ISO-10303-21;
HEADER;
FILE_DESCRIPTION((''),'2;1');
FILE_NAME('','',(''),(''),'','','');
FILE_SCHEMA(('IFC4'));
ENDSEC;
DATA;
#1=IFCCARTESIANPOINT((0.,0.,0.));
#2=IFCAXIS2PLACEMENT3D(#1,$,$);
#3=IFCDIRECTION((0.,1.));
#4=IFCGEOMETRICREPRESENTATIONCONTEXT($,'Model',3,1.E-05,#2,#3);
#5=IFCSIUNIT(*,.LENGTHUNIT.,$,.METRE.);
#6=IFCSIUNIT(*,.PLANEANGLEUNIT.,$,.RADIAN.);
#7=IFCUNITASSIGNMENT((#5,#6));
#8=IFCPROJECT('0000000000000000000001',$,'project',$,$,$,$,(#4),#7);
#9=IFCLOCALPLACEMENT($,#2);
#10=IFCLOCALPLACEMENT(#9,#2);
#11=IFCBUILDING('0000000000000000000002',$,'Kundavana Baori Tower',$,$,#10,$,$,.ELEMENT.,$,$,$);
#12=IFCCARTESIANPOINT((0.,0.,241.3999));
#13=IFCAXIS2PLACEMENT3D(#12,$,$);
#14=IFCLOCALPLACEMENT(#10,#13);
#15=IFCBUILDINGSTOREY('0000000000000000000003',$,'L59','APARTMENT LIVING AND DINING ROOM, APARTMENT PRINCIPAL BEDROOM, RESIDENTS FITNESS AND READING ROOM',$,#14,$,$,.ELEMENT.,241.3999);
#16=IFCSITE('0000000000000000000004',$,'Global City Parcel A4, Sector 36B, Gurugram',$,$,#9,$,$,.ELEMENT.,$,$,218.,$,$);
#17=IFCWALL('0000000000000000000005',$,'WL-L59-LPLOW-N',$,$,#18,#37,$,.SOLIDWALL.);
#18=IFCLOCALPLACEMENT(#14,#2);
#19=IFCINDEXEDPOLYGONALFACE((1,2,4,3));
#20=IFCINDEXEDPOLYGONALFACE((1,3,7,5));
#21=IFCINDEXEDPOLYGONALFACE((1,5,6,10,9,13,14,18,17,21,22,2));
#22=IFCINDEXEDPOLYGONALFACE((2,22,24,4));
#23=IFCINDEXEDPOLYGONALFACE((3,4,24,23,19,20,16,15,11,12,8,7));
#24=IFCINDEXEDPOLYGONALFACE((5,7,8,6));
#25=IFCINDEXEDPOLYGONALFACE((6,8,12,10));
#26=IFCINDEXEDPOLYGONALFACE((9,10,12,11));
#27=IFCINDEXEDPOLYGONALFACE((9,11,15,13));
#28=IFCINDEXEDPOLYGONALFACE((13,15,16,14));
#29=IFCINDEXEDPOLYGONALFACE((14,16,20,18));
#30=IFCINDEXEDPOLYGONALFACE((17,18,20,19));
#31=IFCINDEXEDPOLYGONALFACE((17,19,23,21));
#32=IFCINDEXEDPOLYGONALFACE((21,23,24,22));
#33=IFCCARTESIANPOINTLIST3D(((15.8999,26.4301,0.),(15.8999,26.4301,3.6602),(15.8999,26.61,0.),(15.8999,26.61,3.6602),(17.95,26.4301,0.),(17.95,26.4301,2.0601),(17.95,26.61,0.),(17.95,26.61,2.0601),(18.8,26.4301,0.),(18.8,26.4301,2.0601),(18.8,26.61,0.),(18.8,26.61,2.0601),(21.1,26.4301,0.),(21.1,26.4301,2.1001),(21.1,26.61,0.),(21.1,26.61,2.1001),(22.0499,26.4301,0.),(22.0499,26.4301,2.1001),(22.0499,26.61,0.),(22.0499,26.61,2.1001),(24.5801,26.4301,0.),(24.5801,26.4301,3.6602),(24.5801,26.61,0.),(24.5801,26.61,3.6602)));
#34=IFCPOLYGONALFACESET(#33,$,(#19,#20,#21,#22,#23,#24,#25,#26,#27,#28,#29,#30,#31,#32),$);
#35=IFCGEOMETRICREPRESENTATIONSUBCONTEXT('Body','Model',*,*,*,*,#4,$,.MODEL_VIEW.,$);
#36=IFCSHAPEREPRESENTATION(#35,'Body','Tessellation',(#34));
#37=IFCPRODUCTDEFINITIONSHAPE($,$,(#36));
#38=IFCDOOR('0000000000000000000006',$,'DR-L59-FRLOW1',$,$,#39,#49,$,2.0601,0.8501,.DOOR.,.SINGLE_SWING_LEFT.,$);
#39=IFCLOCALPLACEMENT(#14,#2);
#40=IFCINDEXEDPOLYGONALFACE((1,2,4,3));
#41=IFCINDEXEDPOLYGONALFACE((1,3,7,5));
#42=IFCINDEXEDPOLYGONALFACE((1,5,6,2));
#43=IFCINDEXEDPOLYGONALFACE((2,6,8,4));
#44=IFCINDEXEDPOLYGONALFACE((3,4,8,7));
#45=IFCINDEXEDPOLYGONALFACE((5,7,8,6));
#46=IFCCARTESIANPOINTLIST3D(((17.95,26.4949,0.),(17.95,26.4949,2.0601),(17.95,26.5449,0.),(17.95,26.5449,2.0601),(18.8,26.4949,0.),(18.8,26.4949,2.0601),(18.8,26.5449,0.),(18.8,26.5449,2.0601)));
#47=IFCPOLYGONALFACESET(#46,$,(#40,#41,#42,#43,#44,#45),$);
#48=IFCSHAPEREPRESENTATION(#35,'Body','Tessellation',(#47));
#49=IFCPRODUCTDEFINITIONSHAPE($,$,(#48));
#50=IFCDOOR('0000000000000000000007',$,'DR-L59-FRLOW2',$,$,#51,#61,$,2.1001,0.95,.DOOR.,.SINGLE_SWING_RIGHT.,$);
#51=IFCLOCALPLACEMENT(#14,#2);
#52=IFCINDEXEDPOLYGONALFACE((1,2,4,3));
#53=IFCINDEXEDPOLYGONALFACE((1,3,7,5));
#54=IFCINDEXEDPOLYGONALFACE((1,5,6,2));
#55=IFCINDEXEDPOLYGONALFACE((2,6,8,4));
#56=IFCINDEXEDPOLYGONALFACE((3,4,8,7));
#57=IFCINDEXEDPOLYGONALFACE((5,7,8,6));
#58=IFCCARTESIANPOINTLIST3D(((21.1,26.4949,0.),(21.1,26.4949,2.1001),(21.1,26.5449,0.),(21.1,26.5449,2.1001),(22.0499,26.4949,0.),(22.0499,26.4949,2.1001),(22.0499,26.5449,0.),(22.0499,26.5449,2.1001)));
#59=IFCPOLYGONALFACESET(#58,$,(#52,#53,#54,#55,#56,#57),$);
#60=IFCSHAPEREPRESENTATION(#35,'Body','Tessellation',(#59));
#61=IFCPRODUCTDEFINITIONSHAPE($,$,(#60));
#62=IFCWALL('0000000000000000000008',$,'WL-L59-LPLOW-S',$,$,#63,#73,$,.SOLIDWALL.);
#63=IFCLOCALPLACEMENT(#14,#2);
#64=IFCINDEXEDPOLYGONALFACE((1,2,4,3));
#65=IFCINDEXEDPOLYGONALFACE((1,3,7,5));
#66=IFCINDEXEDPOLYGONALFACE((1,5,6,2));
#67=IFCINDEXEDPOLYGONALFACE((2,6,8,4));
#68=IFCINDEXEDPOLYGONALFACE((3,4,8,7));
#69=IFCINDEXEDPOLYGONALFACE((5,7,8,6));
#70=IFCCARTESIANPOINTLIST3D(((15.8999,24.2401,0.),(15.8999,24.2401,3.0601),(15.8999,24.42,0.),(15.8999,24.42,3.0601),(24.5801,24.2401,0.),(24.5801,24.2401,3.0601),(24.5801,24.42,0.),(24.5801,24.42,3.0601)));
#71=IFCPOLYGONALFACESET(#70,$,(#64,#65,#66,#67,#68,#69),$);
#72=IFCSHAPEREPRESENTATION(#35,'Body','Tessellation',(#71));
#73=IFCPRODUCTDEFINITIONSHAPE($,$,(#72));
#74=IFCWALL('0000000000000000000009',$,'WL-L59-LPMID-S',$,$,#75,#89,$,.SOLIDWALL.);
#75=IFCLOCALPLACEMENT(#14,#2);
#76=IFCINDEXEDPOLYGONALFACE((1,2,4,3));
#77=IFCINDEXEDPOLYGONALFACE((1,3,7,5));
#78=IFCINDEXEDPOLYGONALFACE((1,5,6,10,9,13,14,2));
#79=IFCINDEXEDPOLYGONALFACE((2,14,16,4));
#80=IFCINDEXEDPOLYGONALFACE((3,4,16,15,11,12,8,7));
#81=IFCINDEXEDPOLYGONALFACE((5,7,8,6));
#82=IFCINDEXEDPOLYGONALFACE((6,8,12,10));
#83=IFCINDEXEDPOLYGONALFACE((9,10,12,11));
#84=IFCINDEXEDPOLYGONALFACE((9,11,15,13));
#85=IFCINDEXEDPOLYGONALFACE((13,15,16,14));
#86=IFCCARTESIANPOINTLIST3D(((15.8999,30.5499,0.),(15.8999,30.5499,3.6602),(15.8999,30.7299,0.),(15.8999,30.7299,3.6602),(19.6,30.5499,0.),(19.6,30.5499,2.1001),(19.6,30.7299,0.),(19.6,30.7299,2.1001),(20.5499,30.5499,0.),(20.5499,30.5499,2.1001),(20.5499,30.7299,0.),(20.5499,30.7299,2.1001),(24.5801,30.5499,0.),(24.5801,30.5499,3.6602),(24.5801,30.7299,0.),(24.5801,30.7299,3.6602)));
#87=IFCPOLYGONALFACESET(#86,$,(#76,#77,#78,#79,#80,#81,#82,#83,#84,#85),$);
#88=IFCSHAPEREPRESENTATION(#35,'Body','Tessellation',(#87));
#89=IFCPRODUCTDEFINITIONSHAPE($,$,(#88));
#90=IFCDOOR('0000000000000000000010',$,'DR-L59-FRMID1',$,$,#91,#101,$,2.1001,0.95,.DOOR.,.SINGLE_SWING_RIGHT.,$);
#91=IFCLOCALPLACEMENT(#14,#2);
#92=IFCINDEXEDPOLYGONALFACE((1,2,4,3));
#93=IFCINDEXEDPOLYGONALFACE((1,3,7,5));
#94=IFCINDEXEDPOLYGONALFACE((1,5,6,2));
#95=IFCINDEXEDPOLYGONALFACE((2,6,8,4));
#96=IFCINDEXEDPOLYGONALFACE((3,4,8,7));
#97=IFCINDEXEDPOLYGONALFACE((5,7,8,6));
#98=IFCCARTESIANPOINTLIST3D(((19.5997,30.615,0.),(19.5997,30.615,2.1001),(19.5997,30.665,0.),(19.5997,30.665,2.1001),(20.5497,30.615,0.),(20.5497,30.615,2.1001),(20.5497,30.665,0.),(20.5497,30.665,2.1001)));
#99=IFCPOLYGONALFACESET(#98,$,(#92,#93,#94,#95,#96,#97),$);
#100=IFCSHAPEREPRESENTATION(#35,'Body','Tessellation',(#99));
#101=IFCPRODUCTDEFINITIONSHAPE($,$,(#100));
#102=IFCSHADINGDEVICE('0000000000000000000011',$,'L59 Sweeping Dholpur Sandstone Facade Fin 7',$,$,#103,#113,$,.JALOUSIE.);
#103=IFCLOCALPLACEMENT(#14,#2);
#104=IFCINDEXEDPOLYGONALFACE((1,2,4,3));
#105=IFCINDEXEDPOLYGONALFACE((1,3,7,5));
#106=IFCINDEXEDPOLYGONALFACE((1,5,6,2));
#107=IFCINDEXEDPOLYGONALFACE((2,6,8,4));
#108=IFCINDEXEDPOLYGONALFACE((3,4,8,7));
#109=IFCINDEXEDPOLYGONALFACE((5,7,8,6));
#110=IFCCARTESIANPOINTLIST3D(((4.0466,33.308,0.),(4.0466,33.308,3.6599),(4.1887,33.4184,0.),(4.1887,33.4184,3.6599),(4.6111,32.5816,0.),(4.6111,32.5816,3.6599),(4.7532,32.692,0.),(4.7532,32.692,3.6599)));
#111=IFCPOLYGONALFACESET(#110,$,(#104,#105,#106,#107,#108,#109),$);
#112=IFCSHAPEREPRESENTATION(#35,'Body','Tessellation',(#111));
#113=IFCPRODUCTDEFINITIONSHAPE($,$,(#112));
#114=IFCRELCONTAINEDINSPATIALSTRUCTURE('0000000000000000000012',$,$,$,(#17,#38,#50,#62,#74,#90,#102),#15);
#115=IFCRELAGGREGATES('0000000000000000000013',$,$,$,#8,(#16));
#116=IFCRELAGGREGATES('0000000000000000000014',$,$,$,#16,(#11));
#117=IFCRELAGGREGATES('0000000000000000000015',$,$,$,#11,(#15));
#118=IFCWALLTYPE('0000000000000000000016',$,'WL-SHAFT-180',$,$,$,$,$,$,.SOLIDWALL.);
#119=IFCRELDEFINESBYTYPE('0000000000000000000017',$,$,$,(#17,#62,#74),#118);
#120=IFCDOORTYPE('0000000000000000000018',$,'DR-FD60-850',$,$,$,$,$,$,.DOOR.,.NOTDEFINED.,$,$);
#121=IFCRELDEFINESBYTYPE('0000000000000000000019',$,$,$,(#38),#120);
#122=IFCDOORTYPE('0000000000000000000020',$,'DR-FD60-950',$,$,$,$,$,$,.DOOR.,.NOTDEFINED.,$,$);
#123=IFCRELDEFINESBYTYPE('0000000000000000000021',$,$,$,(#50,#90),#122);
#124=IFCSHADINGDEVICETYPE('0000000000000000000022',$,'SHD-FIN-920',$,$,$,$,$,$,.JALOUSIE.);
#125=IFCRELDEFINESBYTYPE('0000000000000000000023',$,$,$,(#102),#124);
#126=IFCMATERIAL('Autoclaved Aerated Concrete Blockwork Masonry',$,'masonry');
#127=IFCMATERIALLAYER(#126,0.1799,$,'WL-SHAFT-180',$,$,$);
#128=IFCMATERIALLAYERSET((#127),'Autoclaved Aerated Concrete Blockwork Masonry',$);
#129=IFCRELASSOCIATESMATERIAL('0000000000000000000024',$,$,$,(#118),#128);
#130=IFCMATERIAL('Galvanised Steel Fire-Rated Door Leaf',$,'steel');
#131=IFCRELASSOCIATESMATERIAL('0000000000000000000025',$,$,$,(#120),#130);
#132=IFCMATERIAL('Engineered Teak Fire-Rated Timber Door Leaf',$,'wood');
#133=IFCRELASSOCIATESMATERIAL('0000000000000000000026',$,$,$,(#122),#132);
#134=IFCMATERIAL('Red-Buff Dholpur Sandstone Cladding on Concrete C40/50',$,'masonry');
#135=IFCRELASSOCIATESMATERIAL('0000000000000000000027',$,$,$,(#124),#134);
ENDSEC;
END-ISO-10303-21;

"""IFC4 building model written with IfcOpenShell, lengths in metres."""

from ifc_helpers import new_model, si_unit, direction, frame, frame_2d, origin, origin_2d, place, context, subcontext, project, spatial, rectangle, extrude, material, layer, layer_set, type_object, element, fill, save


model = new_model("IFC4")

# Units and contexts
model_context = context("Model", 3, precision=1e-05, world=origin(), true_north=direction((0.0, 1.0)))
body_context = subcontext(model_context, "Body", "Model", "MODEL_VIEW")
ifc_project = project(units=[si_unit("LENGTHUNIT", "METRE"), si_unit("PLANEANGLEUNIT", "RADIAN")], contexts=[model_context])

# Site, building, storey
site_placement = place(None, origin())
site = spatial("IfcSite", under=ifc_project, at=site_placement, Name="Global City Parcel A4, Sector 36B, Gurugram", CompositionType="ELEMENT", RefElevation=218.0)
building_placement = place(site_placement, origin())
building = spatial("IfcBuilding", under=site, at=building_placement, Name="Kundavana Baori Tower", CompositionType="ELEMENT")
storey_placement = place(building_placement, frame((0.0, 0.0, 241.3999)))
storey = spatial("IfcBuildingStorey", under=building, at=storey_placement, Name="L59", Description="APARTMENT LIVING AND DINING ROOM, APARTMENT PRINCIPAL BEDROOM, RESIDENTS FITNESS AND READING ROOM", CompositionType="ELEMENT", Elevation=241.3999)

# Wall, openings, doors
ifc_material_1 = material(Name="Autoclaved Aerated Concrete Blockwork Masonry", Category="masonry")
ifc_layer_1 = layer(ifc_material_1, 0.1799, Name="WL-SHAFT-180")
ifc_layer_set_1 = layer_set([ifc_layer_1], Name="Autoclaved Aerated Concrete Blockwork Masonry")
wall_type_1 = type_object("IfcWallType", Name="WL-SHAFT-180", PredefinedType="SOLIDWALL", material=ifc_layer_set_1)
wall_1_placement = place(storey_placement, frame((15.8999, 26.52, 0.0), z_axis=(0.0, 0.0, 1.0), x_axis=(1.0, 0.0, 0.0)))
wall_1 = element("IfcWall", 1, at=wall_1_placement, inside=storey, type_object=wall_type_1, Name="WL-L59-LPLOW-N", PredefinedType="SOLIDWALL", context=body_context, shape_type="SweptSolid", body=[
    extrude(rectangle(XDim=8.6802, YDim=0.1799, at=frame_2d((4.3401, 0.0))), origin(), (0.0, 0.0, 1.0), 3.6602),
])
opening_1_placement = place(wall_1_placement, frame((2.05, 0.0, 0.0)))
opening_1 = element("IfcOpeningElement", 2, at=opening_1_placement, cuts=wall_1, PredefinedType="OPENING", context=body_context, shape_type="SweptSolid", body=[
    extrude(rectangle(XDim=0.8501, YDim=2.0601, at=frame_2d((0.425, 1.03))), frame((0.0, 0.1001, 0.0), z_axis=(0.0, -1.0, 0.0), x_axis=(1.0, 0.0, 0.0)), (0.0, 0.0, 1.0), 0.2),
])
opening_2_placement = place(wall_1_placement, frame((5.2, 0.0, 0.0)))
opening_2 = element("IfcOpeningElement", 3, at=opening_2_placement, cuts=wall_1, PredefinedType="OPENING", context=body_context, shape_type="SweptSolid", body=[
    extrude(rectangle(XDim=0.95, YDim=2.1001, at=frame_2d((0.4751, 1.05))), frame((0.0, 0.1001, 0.0), z_axis=(0.0, -1.0, 0.0), x_axis=(1.0, 0.0, 0.0)), (0.0, 0.0, 1.0), 0.2),
])
ifc_material_2 = material(Name="Galvanised Steel Fire-Rated Door Leaf", Category="steel")
door_type_1 = type_object("IfcDoorType", Name="DR-FD60-850", OperationType="NOTDEFINED", PredefinedType="DOOR", material=ifc_material_2)
door_1_placement = place(opening_1_placement, origin())
door_1 = element("IfcDoor", 4, at=door_1_placement, inside=storey, type_object=door_type_1, Name="DR-L59-FRLOW1", OperationType="SINGLE_SWING_LEFT", OverallHeight=2.0601, OverallWidth=0.8501, PredefinedType="DOOR", context=body_context, shape_type="SweptSolid", body=[
    extrude(rectangle(XDim=0.8501, YDim=2.0601, at=frame_2d((0.425, 1.03))), frame((0.0, 0.0249, 0.0), z_axis=(0.0, -1.0, 0.0), x_axis=(1.0, 0.0, 0.0)), (0.0, 0.0, 1.0), 0.05),
])
fill(opening_1, door_1)
ifc_material_3 = material(Name="Engineered Teak Fire-Rated Timber Door Leaf", Category="wood")
door_type_2 = type_object("IfcDoorType", Name="DR-FD60-950", OperationType="NOTDEFINED", PredefinedType="DOOR", material=ifc_material_3)
door_2_placement = place(opening_2_placement, origin())
door_2 = element("IfcDoor", 5, at=door_2_placement, inside=storey, type_object=door_type_2, Name="DR-L59-FRLOW2", OperationType="SINGLE_SWING_RIGHT", OverallHeight=2.1001, OverallWidth=0.95, PredefinedType="DOOR", context=body_context, shape_type="SweptSolid", body=[
    extrude(rectangle(XDim=0.95, YDim=2.1001, at=frame_2d((0.4751, 1.05))), frame((0.0, 0.0249, 0.0), z_axis=(0.0, -1.0, 0.0), x_axis=(1.0, 0.0, 0.0)), (0.0, 0.0, 1.0), 0.05),
])
fill(opening_2, door_2)

# Wall
wall_2_placement = place(storey_placement, frame((15.8999, 24.3301, 0.0), z_axis=(0.0, 0.0, 1.0), x_axis=(1.0, 0.0, 0.0)))
element("IfcWall", 6, at=wall_2_placement, inside=storey, type_object=wall_type_1, Name="WL-L59-LPLOW-S", PredefinedType="SOLIDWALL", context=body_context, shape_type="SweptSolid", body=[
    extrude(rectangle(XDim=8.6802, YDim=0.1799, at=frame_2d((4.3401, 0.0))), origin(), (0.0, 0.0, 1.0), 3.0601),
])

# Wall, opening, door
wall_3_placement = place(storey_placement, frame((15.8999, 30.6399, 0.0), z_axis=(0.0, 0.0, 1.0), x_axis=(1.0, 0.0, 0.0)))
wall_3 = element("IfcWall", 7, at=wall_3_placement, inside=storey, type_object=wall_type_1, Name="WL-L59-LPMID-S", PredefinedType="SOLIDWALL", context=body_context, shape_type="SweptSolid", body=[
    extrude(rectangle(XDim=8.6802, YDim=0.1799, at=frame_2d((4.3401, 0.0))), origin(), (0.0, 0.0, 1.0), 3.6602),
])
opening_3_placement = place(wall_3_placement, frame((3.7, 0.0, 0.0)))
opening_3 = element("IfcOpeningElement", 8, at=opening_3_placement, cuts=wall_3, PredefinedType="OPENING", context=body_context, shape_type="SweptSolid", body=[
    extrude(rectangle(XDim=0.95, YDim=2.1001, at=frame_2d((0.4751, 1.05))), frame((0.0, 0.1001, 0.0), z_axis=(0.0, -1.0, 0.0), x_axis=(1.0, 0.0, 0.0)), (0.0, 0.0, 1.0), 0.2),
])
door_3_placement = place(opening_3_placement, frame((0.95, 0.0, 0.0), z_axis=(0.0, 0.0, 1.0), x_axis=(-1.0, 0.0, 0.0)))
door_3 = element("IfcDoor", 9, at=door_3_placement, inside=storey, type_object=door_type_2, Name="DR-L59-FRMID1", OperationType="SINGLE_SWING_RIGHT", OverallHeight=2.1001, OverallWidth=0.95, PredefinedType="DOOR", context=body_context, shape_type="SweptSolid", body=[
    extrude(rectangle(XDim=0.95, YDim=2.1001, at=frame_2d((0.4751, 1.05))), frame((0.0, 0.0249, 0.0), z_axis=(0.0, -1.0, 0.0), x_axis=(1.0, 0.0, 0.0)), (0.0, 0.0, 1.0), 0.05),
])
fill(opening_3, door_3)

# Shading device
ifc_material_4 = material(Name="Red-Buff Dholpur Sandstone Cladding on Concrete C40/50", Category="masonry")
shading_device_type = type_object("IfcShadingDeviceType", Name="SHD-FIN-920", PredefinedType="JALOUSIE", material=ifc_material_4)
shading_device_placement = place(storey_placement, frame((4.3999, 33.0, 0.0), z_axis=(0.0, 0.0, 1.0), x_axis=(0.78962, 0.613596, 0.0)))
element("IfcShadingDevice", 10, at=shading_device_placement, inside=storey, type_object=shading_device_type, Name="L59 Sweeping Dholpur Sandstone Facade Fin 7", PredefinedType="JALOUSIE", context=body_context, shape_type="SweptSolid", body=[
    extrude(rectangle(XDim=0.1799, YDim=0.9199, at=origin_2d()), origin(), (0.0, 0.0, 1.0), 3.6599),
])

save(model, "model.ifc")
